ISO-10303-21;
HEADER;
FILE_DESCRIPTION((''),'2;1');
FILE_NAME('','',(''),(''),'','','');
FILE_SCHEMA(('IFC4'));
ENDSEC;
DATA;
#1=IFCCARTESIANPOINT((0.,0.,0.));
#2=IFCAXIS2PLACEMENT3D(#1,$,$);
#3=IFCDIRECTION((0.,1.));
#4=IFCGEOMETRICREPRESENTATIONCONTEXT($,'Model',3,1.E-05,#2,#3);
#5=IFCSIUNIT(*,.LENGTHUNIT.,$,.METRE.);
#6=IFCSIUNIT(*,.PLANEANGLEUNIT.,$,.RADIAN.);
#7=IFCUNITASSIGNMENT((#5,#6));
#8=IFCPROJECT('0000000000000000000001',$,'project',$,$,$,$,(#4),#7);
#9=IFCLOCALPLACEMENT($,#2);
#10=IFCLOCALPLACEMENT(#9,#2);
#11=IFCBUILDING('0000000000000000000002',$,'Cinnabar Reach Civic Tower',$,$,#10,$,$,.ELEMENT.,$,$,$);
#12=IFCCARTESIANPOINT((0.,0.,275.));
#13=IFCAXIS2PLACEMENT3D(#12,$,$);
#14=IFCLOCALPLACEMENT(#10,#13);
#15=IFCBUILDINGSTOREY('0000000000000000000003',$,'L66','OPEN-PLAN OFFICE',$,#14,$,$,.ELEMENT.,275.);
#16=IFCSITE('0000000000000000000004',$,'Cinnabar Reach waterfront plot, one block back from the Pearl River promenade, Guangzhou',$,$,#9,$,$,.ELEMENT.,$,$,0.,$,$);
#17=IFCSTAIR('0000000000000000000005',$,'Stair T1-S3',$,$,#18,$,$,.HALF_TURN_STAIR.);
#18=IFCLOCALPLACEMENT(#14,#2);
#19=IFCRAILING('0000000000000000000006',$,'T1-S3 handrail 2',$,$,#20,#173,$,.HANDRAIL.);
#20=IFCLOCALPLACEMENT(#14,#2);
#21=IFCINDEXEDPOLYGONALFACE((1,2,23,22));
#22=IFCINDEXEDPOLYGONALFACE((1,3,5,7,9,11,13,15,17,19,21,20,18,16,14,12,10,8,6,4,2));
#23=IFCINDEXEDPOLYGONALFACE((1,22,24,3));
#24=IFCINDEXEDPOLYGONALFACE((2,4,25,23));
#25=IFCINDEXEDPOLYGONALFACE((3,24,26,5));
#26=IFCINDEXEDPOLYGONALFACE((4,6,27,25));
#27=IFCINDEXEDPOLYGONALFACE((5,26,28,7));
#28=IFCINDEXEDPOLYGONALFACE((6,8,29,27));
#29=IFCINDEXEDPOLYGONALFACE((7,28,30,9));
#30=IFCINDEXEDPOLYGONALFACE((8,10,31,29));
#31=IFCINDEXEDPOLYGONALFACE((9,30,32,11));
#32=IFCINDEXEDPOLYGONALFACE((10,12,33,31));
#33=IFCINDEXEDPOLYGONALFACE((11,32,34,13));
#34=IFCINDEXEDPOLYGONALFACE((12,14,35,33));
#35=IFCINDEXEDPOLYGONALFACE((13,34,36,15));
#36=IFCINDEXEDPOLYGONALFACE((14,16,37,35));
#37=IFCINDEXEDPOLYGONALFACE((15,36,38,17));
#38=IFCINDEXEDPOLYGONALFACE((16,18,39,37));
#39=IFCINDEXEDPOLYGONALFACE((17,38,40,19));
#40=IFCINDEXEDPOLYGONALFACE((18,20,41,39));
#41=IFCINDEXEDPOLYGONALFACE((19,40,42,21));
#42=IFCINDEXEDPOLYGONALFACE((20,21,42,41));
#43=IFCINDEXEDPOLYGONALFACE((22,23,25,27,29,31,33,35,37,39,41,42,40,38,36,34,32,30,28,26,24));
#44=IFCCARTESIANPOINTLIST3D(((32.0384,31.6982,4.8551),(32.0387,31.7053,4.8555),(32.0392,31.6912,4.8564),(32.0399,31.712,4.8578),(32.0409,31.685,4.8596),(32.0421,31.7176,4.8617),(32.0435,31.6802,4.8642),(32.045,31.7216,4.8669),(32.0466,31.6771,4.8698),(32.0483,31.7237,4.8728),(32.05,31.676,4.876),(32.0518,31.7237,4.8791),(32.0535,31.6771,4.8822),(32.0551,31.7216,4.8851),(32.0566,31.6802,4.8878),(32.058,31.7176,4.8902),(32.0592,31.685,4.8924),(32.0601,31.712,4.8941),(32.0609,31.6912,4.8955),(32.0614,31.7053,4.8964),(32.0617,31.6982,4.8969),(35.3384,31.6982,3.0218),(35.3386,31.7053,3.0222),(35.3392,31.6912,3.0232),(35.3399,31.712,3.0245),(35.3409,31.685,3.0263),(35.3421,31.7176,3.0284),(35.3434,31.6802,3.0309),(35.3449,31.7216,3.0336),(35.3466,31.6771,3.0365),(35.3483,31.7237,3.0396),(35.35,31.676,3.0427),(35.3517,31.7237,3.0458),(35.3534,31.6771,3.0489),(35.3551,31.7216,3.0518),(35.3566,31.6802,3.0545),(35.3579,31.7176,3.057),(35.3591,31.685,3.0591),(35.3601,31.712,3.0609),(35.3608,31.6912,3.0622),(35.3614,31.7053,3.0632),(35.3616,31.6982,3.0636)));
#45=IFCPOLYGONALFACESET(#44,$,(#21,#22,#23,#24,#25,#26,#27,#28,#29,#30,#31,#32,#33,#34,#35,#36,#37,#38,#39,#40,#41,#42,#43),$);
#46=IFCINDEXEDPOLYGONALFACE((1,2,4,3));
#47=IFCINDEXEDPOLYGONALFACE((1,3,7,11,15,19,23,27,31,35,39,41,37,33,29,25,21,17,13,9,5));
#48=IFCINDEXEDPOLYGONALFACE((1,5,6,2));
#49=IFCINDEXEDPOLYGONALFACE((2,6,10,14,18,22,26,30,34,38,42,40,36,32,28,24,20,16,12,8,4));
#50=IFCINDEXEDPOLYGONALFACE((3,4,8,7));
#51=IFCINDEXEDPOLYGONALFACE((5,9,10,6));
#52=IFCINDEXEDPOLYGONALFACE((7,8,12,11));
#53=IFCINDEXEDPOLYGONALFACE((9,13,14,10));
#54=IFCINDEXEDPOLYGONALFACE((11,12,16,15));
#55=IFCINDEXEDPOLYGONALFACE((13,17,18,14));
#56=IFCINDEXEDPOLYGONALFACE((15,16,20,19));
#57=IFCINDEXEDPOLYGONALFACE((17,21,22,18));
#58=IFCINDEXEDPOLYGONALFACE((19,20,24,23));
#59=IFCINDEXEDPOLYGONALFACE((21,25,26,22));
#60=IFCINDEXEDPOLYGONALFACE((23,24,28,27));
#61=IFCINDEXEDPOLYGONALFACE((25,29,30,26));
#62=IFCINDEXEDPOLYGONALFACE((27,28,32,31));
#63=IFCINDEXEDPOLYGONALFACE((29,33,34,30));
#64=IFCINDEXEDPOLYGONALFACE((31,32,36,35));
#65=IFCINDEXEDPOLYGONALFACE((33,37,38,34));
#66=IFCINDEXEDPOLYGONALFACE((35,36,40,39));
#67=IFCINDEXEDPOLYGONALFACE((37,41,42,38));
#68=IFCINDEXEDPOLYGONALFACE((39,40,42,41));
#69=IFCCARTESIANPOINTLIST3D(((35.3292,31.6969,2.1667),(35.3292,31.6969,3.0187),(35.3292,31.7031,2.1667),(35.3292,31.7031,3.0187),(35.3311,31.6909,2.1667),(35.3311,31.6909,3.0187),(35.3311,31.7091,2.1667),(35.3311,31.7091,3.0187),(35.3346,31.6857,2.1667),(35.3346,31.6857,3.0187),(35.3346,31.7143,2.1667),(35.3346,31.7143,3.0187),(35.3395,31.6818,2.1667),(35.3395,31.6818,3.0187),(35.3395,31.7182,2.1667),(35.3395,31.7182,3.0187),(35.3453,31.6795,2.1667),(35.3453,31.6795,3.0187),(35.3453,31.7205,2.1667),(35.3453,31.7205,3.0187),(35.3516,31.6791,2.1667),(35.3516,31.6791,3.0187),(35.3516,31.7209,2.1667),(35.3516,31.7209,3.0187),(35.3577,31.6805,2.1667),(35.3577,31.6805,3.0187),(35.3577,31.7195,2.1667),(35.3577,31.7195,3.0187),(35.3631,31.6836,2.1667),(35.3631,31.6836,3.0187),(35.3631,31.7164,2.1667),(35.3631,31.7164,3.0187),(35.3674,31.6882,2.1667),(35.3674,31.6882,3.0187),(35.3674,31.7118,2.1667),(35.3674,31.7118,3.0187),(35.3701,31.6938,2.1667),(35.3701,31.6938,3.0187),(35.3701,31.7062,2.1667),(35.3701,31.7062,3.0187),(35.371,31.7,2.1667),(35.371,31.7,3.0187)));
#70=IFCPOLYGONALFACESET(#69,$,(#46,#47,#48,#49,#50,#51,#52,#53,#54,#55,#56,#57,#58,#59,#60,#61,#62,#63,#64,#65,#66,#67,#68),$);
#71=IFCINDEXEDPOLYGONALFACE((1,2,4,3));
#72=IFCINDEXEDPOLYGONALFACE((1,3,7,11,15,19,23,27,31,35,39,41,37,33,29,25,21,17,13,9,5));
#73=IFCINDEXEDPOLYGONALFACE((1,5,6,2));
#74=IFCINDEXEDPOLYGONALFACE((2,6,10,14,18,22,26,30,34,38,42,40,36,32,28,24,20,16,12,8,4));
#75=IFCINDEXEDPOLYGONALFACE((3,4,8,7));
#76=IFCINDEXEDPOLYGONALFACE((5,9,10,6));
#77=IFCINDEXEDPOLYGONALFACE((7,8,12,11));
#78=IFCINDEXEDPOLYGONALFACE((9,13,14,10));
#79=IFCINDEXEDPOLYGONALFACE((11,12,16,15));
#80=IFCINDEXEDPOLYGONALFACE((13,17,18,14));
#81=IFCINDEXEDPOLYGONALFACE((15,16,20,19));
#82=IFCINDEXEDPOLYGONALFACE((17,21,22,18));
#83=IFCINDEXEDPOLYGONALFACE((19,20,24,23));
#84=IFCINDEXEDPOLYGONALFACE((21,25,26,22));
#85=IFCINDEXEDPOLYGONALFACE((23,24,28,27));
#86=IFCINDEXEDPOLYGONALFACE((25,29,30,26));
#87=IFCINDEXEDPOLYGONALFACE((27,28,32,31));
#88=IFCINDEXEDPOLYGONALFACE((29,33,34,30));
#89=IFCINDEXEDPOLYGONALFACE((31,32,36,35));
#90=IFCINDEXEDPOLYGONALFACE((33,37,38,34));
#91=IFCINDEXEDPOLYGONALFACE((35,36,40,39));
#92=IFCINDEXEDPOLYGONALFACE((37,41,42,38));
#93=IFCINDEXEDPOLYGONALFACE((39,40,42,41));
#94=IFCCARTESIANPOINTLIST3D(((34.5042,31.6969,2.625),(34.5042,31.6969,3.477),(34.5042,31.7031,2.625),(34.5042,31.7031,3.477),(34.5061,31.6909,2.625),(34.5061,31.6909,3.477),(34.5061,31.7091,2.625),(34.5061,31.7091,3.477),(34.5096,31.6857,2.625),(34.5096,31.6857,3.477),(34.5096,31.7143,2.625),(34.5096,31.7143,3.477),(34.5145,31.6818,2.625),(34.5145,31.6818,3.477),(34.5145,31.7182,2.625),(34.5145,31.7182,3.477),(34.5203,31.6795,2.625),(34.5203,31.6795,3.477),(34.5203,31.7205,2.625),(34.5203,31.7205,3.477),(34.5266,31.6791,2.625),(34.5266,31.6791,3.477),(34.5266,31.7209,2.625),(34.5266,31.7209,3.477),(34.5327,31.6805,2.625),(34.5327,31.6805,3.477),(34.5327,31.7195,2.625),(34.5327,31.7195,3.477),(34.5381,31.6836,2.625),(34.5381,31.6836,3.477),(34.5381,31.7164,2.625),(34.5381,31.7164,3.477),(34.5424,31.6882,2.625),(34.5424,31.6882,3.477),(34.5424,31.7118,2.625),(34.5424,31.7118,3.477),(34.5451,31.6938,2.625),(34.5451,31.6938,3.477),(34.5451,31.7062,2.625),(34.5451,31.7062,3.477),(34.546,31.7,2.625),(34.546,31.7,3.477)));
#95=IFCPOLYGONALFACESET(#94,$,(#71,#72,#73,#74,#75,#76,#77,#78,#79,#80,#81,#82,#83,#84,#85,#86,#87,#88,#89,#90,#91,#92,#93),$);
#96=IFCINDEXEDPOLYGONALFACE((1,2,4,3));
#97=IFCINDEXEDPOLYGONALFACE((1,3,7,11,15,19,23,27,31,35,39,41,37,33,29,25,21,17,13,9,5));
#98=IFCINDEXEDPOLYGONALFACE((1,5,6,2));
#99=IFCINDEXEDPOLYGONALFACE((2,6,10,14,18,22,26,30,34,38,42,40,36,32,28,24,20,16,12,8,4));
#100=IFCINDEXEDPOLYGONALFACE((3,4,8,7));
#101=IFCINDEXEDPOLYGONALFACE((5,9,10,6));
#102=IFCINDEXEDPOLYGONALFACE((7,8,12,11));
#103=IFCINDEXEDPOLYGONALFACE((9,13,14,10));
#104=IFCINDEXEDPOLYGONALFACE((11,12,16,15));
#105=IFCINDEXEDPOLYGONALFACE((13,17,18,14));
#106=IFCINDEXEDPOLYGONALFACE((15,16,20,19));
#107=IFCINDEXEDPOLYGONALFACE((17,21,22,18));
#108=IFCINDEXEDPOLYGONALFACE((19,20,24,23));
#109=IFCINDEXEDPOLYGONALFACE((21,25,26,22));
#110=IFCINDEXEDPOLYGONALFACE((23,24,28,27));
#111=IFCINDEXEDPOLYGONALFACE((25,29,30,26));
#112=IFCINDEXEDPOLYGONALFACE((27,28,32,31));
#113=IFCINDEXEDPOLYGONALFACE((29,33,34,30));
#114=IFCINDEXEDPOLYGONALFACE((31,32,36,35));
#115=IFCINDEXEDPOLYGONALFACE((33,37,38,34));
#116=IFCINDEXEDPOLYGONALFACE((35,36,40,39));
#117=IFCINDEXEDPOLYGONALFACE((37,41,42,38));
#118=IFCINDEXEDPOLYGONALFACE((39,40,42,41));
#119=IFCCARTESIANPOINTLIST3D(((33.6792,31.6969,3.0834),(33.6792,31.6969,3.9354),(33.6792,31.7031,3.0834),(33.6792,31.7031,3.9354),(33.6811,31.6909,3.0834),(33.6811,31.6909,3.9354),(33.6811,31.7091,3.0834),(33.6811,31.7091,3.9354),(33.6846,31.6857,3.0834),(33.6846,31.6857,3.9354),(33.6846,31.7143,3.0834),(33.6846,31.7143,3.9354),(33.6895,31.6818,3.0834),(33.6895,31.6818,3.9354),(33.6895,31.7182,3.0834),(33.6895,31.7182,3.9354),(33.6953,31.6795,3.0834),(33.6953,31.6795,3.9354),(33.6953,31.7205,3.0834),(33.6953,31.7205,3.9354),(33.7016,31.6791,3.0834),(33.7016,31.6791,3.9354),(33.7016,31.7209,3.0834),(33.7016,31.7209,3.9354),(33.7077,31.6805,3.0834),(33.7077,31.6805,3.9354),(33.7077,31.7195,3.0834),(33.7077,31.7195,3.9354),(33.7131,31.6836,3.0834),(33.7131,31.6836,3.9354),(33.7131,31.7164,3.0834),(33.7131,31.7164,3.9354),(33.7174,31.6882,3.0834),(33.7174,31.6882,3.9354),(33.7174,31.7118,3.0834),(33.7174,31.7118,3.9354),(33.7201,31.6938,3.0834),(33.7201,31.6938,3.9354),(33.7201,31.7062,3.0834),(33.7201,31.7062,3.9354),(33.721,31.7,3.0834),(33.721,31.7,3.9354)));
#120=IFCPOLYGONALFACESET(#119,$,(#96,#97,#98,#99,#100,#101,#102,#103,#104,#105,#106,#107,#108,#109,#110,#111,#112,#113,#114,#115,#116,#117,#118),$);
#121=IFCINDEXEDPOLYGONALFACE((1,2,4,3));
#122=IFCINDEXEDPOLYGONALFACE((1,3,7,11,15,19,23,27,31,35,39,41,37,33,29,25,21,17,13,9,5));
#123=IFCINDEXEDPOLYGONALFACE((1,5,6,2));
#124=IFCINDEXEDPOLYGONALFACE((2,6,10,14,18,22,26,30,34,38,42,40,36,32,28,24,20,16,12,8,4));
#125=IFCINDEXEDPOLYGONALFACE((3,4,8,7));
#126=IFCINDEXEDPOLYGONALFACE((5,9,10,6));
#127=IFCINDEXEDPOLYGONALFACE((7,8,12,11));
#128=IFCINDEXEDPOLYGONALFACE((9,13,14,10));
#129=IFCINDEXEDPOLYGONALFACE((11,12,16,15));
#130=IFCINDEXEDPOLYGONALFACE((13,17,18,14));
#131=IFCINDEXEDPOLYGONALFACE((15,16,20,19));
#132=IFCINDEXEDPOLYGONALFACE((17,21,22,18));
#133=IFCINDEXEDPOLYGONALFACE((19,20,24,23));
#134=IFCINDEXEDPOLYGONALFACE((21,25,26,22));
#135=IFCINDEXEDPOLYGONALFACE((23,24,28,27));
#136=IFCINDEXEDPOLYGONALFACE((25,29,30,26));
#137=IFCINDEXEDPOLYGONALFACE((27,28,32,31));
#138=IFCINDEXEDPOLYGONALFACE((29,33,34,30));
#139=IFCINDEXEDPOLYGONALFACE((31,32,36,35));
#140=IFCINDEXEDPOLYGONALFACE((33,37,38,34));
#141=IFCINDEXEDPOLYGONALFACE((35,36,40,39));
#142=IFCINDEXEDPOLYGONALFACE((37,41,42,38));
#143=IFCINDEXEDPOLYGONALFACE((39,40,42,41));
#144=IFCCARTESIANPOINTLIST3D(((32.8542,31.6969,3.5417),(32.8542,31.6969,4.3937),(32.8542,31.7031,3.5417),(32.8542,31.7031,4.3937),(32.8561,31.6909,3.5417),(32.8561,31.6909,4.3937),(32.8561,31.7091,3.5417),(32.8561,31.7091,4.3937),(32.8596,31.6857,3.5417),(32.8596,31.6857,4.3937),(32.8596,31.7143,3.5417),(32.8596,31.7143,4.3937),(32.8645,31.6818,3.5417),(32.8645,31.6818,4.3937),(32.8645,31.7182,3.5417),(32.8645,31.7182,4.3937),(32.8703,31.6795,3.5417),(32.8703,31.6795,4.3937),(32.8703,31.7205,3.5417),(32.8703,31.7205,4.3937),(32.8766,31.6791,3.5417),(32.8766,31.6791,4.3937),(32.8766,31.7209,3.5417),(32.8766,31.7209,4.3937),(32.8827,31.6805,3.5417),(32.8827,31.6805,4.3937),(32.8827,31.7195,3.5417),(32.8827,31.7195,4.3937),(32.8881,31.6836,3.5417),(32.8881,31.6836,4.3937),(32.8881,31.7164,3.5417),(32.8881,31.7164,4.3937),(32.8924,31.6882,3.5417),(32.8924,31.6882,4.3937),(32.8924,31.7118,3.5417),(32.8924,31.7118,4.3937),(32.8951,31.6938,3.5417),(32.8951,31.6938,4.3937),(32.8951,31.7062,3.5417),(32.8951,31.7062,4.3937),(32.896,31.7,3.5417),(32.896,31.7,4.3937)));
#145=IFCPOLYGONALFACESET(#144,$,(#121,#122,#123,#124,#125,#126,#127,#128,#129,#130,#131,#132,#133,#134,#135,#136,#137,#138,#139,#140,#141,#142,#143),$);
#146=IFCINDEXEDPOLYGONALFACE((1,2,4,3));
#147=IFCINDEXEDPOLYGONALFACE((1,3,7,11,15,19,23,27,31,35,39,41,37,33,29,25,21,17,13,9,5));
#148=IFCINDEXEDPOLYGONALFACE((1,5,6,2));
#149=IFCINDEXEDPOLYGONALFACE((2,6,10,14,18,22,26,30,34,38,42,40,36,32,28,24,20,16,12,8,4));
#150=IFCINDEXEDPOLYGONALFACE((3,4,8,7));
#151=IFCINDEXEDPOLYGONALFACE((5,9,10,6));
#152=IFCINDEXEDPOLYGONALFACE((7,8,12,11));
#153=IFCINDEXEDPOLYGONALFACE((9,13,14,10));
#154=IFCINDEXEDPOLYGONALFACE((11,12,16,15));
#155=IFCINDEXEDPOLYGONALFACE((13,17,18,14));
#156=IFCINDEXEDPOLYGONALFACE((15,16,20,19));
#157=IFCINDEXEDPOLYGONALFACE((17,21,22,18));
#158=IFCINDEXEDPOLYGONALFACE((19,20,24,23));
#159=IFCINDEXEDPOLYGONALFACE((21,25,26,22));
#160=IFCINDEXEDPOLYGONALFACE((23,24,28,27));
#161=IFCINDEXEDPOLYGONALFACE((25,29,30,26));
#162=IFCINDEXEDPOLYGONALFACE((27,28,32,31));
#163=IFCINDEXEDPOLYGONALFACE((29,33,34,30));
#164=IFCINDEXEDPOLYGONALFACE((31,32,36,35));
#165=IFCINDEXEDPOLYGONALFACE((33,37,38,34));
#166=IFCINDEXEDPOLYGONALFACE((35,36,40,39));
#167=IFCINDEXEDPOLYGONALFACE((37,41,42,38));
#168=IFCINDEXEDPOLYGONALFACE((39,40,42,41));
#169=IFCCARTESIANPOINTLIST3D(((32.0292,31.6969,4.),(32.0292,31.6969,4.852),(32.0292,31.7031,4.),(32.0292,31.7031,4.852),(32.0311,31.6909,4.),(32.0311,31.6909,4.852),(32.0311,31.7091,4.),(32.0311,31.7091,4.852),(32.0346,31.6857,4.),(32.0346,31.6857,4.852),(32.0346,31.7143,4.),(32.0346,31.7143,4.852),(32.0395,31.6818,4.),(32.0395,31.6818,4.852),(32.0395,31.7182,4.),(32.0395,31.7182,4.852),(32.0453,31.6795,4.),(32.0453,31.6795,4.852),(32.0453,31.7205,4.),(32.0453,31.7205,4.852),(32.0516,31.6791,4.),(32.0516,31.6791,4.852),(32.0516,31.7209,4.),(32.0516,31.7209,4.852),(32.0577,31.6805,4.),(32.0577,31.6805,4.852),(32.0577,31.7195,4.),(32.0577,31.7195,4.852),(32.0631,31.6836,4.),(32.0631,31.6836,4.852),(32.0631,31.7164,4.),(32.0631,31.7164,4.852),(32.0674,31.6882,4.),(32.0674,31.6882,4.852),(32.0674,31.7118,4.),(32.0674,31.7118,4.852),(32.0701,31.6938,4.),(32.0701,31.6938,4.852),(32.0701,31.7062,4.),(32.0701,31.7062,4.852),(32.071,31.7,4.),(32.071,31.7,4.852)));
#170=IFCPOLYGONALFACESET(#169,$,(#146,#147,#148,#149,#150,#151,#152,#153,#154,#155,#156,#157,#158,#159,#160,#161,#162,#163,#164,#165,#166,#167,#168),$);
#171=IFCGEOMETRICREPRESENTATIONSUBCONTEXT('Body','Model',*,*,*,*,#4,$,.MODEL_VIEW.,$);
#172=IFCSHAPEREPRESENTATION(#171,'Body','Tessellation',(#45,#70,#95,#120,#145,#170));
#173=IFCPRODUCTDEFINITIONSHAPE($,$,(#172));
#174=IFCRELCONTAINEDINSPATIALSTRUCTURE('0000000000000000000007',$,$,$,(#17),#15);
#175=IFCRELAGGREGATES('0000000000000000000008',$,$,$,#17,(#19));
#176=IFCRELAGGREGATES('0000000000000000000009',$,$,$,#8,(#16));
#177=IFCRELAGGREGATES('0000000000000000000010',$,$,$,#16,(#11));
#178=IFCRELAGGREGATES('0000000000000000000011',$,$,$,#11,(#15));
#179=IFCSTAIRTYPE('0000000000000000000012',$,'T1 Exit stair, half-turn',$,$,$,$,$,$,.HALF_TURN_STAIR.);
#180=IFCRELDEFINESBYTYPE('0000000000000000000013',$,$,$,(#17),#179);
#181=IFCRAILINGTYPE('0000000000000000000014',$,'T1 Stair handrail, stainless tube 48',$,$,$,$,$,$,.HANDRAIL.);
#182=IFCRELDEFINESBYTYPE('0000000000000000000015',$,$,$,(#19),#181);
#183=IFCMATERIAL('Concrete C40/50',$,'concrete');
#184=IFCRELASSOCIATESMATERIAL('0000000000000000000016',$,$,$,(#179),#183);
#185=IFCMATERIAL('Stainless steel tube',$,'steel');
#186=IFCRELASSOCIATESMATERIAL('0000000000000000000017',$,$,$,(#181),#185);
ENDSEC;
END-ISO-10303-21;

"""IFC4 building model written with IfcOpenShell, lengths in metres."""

from ifc_helpers import new_model, si_unit, direction, frame, origin, origin_2d, place, context, subcontext, project, spatial, circle, extrude, material, type_object, element, aggregate, save


model = new_model("IFC4")

# Units and contexts
model_context = context("Model", 3, precision=1e-05, world=origin(), true_north=direction((0.0, 1.0)))
body_context = subcontext(model_context, "Body", "Model", "MODEL_VIEW")
ifc_project = project(units=[si_unit("LENGTHUNIT", "METRE"), si_unit("PLANEANGLEUNIT", "RADIAN")], contexts=[model_context])

# Site, building, storey
site_placement = place(None, origin())
site = spatial("IfcSite", under=ifc_project, at=site_placement, Name="Cinnabar Reach waterfront plot, one block back from the Pearl River promenade, Guangzhou", CompositionType="ELEMENT", RefElevation=0.0)
building_placement = place(site_placement, origin())
building = spatial("IfcBuilding", under=site, at=building_placement, Name="Cinnabar Reach Civic Tower", CompositionType="ELEMENT")
storey_placement = place(building_placement, frame((0.0, 0.0, 275.0)))
storey = spatial("IfcBuildingStorey", under=building, at=storey_placement, Name="L66", Description="OPEN-PLAN OFFICE", CompositionType="ELEMENT", Elevation=275.0)

# Stair, railing
ifc_material_1 = material(Name="Concrete C40/50", Category="concrete")
stair_type = type_object("IfcStairType", Name="T1 Exit stair, half-turn", PredefinedType="HALF_TURN_STAIR", material=ifc_material_1)
stair_placement = place(storey_placement, origin())
stair = element("IfcStair", 1, at=stair_placement, inside=storey, type_object=stair_type, Name="Stair T1-S3", PredefinedType="HALF_TURN_STAIR")
ifc_material_2 = material(Name="Stainless steel tube", Category="steel")
railing_type = type_object("IfcRailingType", Name="T1 Stair handrail, stainless tube 48", PredefinedType="HANDRAIL", material=ifc_material_2)
railing_1_placement = place(storey_placement, frame((35.35, 31.7, 2.1667)))
railing_1 = element("IfcRailing", 2, at=railing_1_placement, type_object=railing_type, Name="T1-S3 handrail 2", PredefinedType="HANDRAIL", context=body_context, shape_type="SweptSolid", body=[
    extrude(circle(Radius=0.024, at=origin_2d()), frame((0.0, 0.0, 0.876), z_axis=(-0.874161, 0.0, 0.485636), x_axis=(0.0, -1.0, 0.0)), (0.0, 0.0, 1.0), 3.775),
    extrude(circle(Radius=0.021, at=origin_2d()), origin(), (0.0, 0.0, 1.0), 0.852),
    extrude(circle(Radius=0.021, at=origin_2d()), frame((-0.825, 0.0, 0.4583)), (0.0, 0.0, 1.0), 0.852),
    extrude(circle(Radius=0.021, at=origin_2d()), frame((-1.65, 0.0, 0.9167)), (0.0, 0.0, 1.0), 0.852),
    extrude(circle(Radius=0.021, at=origin_2d()), frame((-2.475, 0.0, 1.375)), (0.0, 0.0, 1.0), 0.852),
    extrude(circle(Radius=0.021, at=origin_2d()), frame((-3.3, 0.0, 1.8333)), (0.0, 0.0, 1.0), 0.852),
])
aggregate(stair, [railing_1])

save(model, "model.ifc")
